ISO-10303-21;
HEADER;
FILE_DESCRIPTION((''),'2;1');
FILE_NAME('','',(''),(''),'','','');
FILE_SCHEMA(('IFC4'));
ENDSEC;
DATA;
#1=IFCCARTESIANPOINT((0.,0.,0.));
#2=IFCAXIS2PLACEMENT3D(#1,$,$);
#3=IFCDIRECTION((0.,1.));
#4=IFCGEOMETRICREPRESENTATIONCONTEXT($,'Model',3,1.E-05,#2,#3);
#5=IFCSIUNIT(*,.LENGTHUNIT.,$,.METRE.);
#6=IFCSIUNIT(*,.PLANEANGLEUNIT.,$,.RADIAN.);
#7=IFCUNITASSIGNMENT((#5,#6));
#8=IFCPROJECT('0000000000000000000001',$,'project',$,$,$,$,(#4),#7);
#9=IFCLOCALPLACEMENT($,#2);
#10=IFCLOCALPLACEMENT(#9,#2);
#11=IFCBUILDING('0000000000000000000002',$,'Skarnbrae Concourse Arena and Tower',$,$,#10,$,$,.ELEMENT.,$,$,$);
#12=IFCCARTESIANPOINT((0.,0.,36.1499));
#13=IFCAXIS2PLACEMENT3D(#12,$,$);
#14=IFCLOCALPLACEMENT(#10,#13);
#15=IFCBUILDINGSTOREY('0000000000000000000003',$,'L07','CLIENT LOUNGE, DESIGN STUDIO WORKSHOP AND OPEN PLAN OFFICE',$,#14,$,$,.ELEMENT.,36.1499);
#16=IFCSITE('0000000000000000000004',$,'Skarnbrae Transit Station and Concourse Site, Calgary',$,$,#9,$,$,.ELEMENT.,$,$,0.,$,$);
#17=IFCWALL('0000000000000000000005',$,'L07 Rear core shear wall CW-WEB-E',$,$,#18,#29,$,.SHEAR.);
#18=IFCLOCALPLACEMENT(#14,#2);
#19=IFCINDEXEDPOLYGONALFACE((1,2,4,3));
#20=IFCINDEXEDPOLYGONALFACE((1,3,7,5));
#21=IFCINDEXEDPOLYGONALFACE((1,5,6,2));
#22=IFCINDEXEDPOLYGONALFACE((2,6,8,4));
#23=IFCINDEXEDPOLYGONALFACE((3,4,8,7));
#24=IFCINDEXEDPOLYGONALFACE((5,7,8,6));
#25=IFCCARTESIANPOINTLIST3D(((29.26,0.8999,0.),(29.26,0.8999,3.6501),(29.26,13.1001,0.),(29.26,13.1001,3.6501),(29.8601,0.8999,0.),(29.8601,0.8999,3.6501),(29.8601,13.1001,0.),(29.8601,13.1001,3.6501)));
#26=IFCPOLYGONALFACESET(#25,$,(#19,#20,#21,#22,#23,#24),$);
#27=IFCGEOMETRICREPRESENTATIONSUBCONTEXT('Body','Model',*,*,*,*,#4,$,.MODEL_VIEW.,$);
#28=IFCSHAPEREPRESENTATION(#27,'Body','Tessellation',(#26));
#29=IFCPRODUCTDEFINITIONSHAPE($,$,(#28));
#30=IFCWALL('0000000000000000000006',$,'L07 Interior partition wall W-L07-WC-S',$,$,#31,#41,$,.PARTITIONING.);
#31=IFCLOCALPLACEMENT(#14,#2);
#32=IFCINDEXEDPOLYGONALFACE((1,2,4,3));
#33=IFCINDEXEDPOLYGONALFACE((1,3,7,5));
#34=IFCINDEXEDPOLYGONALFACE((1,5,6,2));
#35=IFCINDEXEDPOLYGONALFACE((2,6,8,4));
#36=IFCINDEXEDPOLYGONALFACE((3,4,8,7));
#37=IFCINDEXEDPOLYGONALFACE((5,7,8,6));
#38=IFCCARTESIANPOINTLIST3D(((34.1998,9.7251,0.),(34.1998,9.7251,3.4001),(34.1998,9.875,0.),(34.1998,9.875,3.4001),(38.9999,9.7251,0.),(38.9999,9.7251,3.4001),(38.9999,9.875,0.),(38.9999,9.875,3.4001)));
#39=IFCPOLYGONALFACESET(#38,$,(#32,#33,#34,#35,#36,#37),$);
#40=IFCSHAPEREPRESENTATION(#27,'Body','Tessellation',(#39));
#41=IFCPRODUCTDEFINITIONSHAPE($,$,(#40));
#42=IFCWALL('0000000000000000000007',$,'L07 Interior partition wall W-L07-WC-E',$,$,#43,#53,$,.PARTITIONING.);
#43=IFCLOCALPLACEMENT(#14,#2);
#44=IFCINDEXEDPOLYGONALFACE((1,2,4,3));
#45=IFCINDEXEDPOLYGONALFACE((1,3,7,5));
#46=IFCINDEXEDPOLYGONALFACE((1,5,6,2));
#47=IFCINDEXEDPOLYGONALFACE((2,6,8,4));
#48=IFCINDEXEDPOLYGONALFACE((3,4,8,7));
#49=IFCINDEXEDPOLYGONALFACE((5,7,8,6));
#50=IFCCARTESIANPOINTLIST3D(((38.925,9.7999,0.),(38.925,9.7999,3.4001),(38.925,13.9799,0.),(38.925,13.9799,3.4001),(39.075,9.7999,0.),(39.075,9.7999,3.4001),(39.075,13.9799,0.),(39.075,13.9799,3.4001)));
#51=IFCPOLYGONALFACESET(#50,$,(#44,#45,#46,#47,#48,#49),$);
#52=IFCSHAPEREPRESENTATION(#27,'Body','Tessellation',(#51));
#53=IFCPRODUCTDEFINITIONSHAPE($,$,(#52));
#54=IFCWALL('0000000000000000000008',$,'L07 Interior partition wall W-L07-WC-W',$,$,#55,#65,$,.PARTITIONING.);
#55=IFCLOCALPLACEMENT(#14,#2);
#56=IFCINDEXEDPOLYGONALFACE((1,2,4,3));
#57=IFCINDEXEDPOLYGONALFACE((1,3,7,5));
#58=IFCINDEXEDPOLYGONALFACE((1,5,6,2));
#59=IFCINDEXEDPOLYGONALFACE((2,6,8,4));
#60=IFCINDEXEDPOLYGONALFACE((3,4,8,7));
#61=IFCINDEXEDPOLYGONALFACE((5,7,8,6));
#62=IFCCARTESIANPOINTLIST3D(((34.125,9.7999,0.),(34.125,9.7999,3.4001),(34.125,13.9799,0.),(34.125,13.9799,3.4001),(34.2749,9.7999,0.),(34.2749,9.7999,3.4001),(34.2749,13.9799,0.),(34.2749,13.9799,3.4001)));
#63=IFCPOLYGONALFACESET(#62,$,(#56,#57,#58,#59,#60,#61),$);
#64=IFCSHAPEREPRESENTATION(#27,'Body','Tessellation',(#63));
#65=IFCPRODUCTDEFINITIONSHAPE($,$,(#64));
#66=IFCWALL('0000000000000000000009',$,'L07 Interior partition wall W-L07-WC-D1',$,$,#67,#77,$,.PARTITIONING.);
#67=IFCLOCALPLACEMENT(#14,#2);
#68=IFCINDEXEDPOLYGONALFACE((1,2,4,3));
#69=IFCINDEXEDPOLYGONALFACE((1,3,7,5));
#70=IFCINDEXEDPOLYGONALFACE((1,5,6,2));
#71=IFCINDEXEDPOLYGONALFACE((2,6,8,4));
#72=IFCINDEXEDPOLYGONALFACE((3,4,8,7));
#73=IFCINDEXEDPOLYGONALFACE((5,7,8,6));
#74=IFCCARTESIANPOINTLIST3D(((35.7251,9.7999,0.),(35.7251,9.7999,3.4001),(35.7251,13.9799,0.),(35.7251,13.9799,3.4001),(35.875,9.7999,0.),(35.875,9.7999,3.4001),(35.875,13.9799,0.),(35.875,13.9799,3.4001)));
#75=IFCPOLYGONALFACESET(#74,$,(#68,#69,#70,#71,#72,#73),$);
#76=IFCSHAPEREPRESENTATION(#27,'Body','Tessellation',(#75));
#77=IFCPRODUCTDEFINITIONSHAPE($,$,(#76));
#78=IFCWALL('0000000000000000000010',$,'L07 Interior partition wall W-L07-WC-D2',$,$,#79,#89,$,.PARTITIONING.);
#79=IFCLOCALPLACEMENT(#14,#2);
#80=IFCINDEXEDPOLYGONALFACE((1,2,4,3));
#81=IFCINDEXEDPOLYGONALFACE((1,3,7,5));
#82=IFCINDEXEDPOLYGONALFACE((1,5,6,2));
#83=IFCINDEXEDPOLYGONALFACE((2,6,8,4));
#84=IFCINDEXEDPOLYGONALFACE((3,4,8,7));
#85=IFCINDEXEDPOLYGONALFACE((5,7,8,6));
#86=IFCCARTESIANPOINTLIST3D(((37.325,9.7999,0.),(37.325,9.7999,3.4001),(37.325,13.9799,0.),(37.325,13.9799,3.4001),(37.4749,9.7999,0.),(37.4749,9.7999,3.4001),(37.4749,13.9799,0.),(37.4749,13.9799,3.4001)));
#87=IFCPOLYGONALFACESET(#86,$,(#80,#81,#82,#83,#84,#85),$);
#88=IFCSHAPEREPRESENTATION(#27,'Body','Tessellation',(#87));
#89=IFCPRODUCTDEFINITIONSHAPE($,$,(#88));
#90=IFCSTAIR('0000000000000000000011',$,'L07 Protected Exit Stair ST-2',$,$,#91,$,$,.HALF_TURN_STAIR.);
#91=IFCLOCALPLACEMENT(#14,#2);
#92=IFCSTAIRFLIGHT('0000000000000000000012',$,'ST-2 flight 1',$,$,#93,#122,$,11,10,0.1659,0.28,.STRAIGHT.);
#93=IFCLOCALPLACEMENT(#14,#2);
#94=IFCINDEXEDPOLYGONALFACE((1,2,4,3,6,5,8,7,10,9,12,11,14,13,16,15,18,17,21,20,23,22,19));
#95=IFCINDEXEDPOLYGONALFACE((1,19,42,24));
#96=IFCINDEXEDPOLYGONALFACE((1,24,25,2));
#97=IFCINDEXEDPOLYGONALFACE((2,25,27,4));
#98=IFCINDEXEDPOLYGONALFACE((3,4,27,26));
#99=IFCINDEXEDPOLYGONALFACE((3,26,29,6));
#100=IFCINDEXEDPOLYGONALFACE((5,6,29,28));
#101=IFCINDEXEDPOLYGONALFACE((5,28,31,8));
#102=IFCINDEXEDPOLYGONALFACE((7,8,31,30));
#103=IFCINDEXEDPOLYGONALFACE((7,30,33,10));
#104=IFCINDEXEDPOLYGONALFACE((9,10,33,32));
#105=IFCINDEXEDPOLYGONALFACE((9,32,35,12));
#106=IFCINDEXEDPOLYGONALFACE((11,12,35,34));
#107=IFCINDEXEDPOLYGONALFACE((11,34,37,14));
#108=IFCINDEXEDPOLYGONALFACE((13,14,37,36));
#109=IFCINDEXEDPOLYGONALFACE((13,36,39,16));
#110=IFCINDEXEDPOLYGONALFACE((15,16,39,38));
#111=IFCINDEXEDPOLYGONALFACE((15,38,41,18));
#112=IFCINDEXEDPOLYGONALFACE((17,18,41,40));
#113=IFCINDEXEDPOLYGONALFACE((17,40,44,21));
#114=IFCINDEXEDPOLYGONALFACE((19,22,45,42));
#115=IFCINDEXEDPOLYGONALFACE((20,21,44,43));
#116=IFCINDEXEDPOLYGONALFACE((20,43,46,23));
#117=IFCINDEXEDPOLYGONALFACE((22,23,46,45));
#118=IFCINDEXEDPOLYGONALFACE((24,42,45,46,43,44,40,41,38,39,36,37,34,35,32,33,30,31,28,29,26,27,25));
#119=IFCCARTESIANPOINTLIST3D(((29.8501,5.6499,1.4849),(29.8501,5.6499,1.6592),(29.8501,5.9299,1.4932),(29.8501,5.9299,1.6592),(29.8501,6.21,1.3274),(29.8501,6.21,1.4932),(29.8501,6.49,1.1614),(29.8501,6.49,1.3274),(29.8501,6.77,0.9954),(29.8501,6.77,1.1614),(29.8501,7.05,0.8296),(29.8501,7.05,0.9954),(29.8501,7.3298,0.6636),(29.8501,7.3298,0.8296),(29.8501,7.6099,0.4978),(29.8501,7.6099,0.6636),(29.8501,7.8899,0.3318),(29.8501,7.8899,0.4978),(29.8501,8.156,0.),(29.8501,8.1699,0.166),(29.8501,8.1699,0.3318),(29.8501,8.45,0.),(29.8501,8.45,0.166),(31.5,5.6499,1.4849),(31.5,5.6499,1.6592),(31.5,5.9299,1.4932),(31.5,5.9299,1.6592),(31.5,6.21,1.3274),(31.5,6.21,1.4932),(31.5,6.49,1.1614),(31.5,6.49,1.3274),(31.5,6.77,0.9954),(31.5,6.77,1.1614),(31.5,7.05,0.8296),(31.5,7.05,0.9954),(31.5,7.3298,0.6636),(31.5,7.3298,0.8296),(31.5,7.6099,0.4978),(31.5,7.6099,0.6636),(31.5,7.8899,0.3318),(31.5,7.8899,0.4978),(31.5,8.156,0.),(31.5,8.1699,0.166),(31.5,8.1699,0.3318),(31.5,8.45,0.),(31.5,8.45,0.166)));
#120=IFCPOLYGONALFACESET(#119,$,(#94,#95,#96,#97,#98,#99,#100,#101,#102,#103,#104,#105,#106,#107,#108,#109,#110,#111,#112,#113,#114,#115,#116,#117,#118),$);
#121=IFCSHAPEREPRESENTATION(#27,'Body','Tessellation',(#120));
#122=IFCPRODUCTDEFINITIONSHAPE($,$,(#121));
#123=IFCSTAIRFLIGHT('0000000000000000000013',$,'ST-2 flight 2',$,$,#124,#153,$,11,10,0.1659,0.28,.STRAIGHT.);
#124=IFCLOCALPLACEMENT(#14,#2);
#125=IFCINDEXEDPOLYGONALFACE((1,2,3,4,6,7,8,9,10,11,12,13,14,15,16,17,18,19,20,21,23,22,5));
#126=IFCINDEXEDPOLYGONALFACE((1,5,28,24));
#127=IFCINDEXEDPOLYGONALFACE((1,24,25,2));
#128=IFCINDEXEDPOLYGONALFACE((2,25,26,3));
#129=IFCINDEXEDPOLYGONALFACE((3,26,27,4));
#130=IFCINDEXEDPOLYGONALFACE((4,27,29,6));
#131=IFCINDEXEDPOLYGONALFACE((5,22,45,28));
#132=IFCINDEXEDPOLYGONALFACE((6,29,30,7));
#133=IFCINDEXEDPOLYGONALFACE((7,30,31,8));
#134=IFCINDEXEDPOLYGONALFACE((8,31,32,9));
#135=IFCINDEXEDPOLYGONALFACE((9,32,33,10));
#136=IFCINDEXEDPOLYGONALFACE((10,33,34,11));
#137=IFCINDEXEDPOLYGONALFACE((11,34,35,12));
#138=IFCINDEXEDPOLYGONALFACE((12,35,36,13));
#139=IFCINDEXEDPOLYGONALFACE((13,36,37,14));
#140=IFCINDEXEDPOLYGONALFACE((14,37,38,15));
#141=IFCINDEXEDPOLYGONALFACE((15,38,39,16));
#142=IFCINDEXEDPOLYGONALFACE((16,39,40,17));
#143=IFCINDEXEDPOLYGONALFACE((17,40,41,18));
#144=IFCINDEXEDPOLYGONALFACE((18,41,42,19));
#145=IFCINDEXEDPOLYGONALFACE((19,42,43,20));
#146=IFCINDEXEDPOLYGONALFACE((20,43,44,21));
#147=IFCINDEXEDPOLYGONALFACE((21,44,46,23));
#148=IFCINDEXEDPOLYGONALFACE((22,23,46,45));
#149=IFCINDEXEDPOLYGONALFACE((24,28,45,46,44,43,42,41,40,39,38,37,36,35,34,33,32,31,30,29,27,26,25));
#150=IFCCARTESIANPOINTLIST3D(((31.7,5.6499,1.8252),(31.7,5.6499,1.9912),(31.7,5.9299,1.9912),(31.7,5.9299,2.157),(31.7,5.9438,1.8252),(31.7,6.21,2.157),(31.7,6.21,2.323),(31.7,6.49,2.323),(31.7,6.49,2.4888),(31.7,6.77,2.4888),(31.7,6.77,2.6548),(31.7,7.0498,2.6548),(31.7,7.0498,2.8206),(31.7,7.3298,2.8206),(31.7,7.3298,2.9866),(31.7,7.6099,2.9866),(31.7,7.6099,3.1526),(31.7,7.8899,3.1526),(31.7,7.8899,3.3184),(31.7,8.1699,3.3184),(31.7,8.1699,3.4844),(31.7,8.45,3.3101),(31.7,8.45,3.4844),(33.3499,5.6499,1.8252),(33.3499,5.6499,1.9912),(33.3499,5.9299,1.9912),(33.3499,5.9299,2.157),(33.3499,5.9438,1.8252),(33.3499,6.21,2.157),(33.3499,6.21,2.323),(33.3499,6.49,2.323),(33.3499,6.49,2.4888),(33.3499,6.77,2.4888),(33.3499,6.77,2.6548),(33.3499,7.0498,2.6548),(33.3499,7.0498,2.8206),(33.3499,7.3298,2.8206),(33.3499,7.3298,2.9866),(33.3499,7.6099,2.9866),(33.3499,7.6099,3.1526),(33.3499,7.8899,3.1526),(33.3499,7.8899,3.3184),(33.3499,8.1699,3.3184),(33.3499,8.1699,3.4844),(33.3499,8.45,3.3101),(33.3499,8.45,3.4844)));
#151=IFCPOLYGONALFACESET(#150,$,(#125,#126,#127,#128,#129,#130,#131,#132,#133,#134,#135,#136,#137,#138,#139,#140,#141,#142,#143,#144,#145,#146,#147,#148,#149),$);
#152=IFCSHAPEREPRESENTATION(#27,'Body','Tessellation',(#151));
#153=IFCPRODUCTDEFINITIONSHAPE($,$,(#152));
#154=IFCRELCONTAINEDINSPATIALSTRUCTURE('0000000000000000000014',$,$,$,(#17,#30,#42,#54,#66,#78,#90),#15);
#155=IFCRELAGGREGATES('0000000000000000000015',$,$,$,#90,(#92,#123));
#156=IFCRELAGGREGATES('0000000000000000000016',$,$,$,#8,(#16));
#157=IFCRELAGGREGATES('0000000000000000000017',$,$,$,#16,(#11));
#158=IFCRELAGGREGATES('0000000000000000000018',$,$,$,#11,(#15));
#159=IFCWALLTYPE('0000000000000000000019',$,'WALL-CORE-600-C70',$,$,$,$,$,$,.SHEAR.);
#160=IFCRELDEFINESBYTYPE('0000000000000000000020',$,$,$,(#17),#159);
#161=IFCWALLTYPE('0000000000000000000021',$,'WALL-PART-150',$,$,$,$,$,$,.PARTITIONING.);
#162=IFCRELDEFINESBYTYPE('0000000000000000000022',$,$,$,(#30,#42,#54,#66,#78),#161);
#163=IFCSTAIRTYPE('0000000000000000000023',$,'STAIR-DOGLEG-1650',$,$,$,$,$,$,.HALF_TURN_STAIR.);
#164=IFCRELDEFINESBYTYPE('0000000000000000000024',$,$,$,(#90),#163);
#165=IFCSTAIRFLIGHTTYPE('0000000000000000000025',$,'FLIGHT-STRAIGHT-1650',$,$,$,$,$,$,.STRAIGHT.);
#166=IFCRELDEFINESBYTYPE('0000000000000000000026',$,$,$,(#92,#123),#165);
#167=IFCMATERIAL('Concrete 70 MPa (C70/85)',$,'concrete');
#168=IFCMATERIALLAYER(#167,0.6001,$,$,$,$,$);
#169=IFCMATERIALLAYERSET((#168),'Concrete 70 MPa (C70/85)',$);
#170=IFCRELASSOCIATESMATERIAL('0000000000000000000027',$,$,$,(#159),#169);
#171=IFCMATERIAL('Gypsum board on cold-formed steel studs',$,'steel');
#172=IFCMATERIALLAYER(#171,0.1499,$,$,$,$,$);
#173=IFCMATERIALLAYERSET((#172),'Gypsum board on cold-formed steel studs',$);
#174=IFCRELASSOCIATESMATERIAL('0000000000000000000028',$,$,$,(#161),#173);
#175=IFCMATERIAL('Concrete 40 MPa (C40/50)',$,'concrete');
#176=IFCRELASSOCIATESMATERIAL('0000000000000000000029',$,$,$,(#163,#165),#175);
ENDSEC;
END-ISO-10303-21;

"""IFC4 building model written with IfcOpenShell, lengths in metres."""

from ifc_helpers import new_model, si_unit, direction, frame, frame_2d, origin, place, context, subcontext, project, spatial, polyline, rectangle, outline, extrude, source, transform, mapped, material, layer, layer_set, type_object, element, aggregate, save


model = new_model("IFC4")

# Units and contexts
model_context = context("Model", 3, precision=1e-05, world=origin(), true_north=direction((0.0, 1.0)))
body_context = subcontext(model_context, "Body", "Model", "MODEL_VIEW")
ifc_project = project(units=[si_unit("LENGTHUNIT", "METRE"), si_unit("PLANEANGLEUNIT", "RADIAN")], contexts=[model_context])

# Site, building, storey
site_placement = place(None, origin())
site = spatial("IfcSite", under=ifc_project, at=site_placement, Name="Skarnbrae Transit Station and Concourse Site, Calgary", CompositionType="ELEMENT", RefElevation=0.0)
building_placement = place(site_placement, origin())
building = spatial("IfcBuilding", under=site, at=building_placement, Name="Skarnbrae Concourse Arena and Tower", CompositionType="ELEMENT")
storey_placement = place(building_placement, frame((0.0, 0.0, 36.1499)))
storey = spatial("IfcBuildingStorey", under=building, at=storey_placement, Name="L07", Description="CLIENT LOUNGE, DESIGN STUDIO WORKSHOP AND OPEN PLAN OFFICE", CompositionType="ELEMENT", Elevation=36.1499)

# Wall
ifc_material_1 = material(Name="Concrete 70 MPa (C70/85)", Category="concrete")
ifc_layer_1 = layer(ifc_material_1, 0.6001)
ifc_layer_set_1 = layer_set([ifc_layer_1], Name="Concrete 70 MPa (C70/85)")
wall_type_1 = type_object("IfcWallType", Name="WALL-CORE-600-C70", PredefinedType="SHEAR", material=ifc_layer_set_1)
shared_shape_1 = source(origin(), body_context, "Body", "SweptSolid", [
    extrude(rectangle(XDim=12.2002, YDim=0.6001, at=frame_2d((6.1001, 0.0))), origin(), (0.0, 0.0, 1.0), 3.6501),
])
wall_1_placement = place(storey_placement, frame((29.5601, 0.8999, 0.0), z_axis=(0.0, 0.0, 1.0), x_axis=(0.0, 1.0, 0.0)))
element("IfcWall", 1, at=wall_1_placement, inside=storey, type_object=wall_type_1, Name="L07 Rear core shear wall CW-WEB-E", PredefinedType="SHEAR", context=body_context, shape_type="MappedRepresentation", body=[
    mapped(shared_shape_1, transform((0.0, 0.0, 0.0))),
])

# Walls
ifc_material_2 = material(Name="Gypsum board on cold-formed steel studs", Category="steel")
ifc_layer_2 = layer(ifc_material_2, 0.1499)
ifc_layer_set_2 = layer_set([ifc_layer_2], Name="Gypsum board on cold-formed steel studs")
wall_type_2 = type_object("IfcWallType", Name="WALL-PART-150", PredefinedType="PARTITIONING", material=ifc_layer_set_2)
shared_shape_2 = source(origin(), body_context, "Body", "SweptSolid", [
    extrude(rectangle(XDim=4.8, YDim=0.1499, at=frame_2d((2.3999, 0.0))), origin(), (0.0, 0.0, 1.0), 3.4001),
])
wall_2_placement = place(storey_placement, frame((34.2, 9.8, 0.0), z_axis=(0.0, 0.0, 1.0), x_axis=(1.0, 0.0, 0.0)))
element("IfcWall", 2, at=wall_2_placement, inside=storey, type_object=wall_type_2, Name="L07 Interior partition wall W-L07-WC-S", PredefinedType="PARTITIONING", context=body_context, shape_type="MappedRepresentation", body=[
    mapped(shared_shape_2, transform((0.0, 0.0, 0.0))),
])
shared_shape_3 = source(origin(), body_context, "Body", "SweptSolid", [
    extrude(rectangle(XDim=4.1799, YDim=0.1499, at=frame_2d((2.0898, 0.0))), origin(), (0.0, 0.0, 1.0), 3.4001),
])
for number, where, z_axis, x_axis, name in (
    (3, (39.0, 9.8, 0.0), (0.0, 0.0, 1.0), (0.0, 1.0, 0.0), "L07 Interior partition wall W-L07-WC-E"),
    (4, (34.2, 9.8, 0.0), (0.0, 0.0, 1.0), (0.0, 1.0, 0.0), "L07 Interior partition wall W-L07-WC-W"),
    (5, (35.8, 9.8, 0.0), (0.0, 0.0, 1.0), (0.0, 1.0, 0.0), "L07 Interior partition wall W-L07-WC-D1"),
    (6, (37.3999, 9.8, 0.0), (0.0, 0.0, 1.0), (0.0, 1.0, 0.0), "L07 Interior partition wall W-L07-WC-D2"),
):
    element("IfcWall", number, at=place(storey_placement, frame(where, z_axis=z_axis, x_axis=x_axis)), inside=storey, type_object=wall_type_2, Name=name, PredefinedType="PARTITIONING", context=body_context, shape_type="MappedRepresentation", body=[
        mapped(shared_shape_3, transform((0.0, 0.0, 0.0))),
    ])

# Stair, stair flights
ifc_material_3 = material(Name="Concrete 40 MPa (C40/50)", Category="concrete")
stair_type = type_object("IfcStairType", Name="STAIR-DOGLEG-1650", PredefinedType="HALF_TURN_STAIR", material=ifc_material_3)
stair_placement = place(storey_placement, origin())
stair = element("IfcStair", 7, at=stair_placement, inside=storey, type_object=stair_type, Name="L07 Protected Exit Stair ST-2", PredefinedType="HALF_TURN_STAIR")
stair_flight_type = type_object("IfcStairFlightType", Name="FLIGHT-STRAIGHT-1650", PredefinedType="STRAIGHT", material=ifc_material_3)
shared_shape_4 = source(origin(), body_context, "Body", "SweptSolid", [
    extrude(outline(polyline([(0.0, 0.0), (0.0, 0.166), (0.28, 0.166), (0.28, 0.3318), (0.5601, 0.3318), (0.5601, 0.4978), (0.8401, 0.4978), (0.8401, 0.6636), (1.1201, 0.6636), (1.1201, 0.8296), (1.3999, 0.8296), (1.3999, 0.9954), (1.6799, 0.9954), (1.6799, 1.1614), (1.96, 1.1614), (1.96, 1.3274), (2.24, 1.3274), (2.24, 1.4932), (2.52, 1.4932), (2.52, 1.6592), (2.8, 1.6592), (2.8, 1.825), (2.8, 1.4849), (0.2939, 0.0), (0.0, 0.0)])), frame((0.0, 0.825, 0.0), z_axis=(0.0, -1.0, 0.0), x_axis=(1.0, 0.0, 0.0)), (0.0, 0.0, 1.0), 1.6499),
])
stair_flight_1_placement = place(storey_placement, frame((30.675, 8.45, 0.0), z_axis=(0.0, 0.0, 1.0), x_axis=(0.0, -1.0, 0.0)))
stair_flight_1 = element("IfcStairFlight", 8, at=stair_flight_1_placement, type_object=stair_flight_type, Name="ST-2 flight 1", NumberOfRisers=11, NumberOfTreads=10, PredefinedType="STRAIGHT", RiserHeight=0.1659, TreadLength=0.28, context=body_context, shape_type="MappedRepresentation", body=[
    mapped(shared_shape_4, transform((0.0, 0.0, 0.0))),
])
stair_flight_2_placement = place(storey_placement, frame((32.5249, 5.6499, 1.8252), z_axis=(0.0, 0.0, 1.0), x_axis=(0.0, 1.0, 0.0)))
stair_flight_2 = element("IfcStairFlight", 9, at=stair_flight_2_placement, type_object=stair_flight_type, Name="ST-2 flight 2", NumberOfRisers=11, NumberOfTreads=10, PredefinedType="STRAIGHT", RiserHeight=0.1659, TreadLength=0.28, context=body_context, shape_type="MappedRepresentation", body=[
    mapped(shared_shape_4, transform((0.0, 0.0, 0.0))),
])
aggregate(stair, [stair_flight_1, stair_flight_2])

save(model, "model.ifc")
